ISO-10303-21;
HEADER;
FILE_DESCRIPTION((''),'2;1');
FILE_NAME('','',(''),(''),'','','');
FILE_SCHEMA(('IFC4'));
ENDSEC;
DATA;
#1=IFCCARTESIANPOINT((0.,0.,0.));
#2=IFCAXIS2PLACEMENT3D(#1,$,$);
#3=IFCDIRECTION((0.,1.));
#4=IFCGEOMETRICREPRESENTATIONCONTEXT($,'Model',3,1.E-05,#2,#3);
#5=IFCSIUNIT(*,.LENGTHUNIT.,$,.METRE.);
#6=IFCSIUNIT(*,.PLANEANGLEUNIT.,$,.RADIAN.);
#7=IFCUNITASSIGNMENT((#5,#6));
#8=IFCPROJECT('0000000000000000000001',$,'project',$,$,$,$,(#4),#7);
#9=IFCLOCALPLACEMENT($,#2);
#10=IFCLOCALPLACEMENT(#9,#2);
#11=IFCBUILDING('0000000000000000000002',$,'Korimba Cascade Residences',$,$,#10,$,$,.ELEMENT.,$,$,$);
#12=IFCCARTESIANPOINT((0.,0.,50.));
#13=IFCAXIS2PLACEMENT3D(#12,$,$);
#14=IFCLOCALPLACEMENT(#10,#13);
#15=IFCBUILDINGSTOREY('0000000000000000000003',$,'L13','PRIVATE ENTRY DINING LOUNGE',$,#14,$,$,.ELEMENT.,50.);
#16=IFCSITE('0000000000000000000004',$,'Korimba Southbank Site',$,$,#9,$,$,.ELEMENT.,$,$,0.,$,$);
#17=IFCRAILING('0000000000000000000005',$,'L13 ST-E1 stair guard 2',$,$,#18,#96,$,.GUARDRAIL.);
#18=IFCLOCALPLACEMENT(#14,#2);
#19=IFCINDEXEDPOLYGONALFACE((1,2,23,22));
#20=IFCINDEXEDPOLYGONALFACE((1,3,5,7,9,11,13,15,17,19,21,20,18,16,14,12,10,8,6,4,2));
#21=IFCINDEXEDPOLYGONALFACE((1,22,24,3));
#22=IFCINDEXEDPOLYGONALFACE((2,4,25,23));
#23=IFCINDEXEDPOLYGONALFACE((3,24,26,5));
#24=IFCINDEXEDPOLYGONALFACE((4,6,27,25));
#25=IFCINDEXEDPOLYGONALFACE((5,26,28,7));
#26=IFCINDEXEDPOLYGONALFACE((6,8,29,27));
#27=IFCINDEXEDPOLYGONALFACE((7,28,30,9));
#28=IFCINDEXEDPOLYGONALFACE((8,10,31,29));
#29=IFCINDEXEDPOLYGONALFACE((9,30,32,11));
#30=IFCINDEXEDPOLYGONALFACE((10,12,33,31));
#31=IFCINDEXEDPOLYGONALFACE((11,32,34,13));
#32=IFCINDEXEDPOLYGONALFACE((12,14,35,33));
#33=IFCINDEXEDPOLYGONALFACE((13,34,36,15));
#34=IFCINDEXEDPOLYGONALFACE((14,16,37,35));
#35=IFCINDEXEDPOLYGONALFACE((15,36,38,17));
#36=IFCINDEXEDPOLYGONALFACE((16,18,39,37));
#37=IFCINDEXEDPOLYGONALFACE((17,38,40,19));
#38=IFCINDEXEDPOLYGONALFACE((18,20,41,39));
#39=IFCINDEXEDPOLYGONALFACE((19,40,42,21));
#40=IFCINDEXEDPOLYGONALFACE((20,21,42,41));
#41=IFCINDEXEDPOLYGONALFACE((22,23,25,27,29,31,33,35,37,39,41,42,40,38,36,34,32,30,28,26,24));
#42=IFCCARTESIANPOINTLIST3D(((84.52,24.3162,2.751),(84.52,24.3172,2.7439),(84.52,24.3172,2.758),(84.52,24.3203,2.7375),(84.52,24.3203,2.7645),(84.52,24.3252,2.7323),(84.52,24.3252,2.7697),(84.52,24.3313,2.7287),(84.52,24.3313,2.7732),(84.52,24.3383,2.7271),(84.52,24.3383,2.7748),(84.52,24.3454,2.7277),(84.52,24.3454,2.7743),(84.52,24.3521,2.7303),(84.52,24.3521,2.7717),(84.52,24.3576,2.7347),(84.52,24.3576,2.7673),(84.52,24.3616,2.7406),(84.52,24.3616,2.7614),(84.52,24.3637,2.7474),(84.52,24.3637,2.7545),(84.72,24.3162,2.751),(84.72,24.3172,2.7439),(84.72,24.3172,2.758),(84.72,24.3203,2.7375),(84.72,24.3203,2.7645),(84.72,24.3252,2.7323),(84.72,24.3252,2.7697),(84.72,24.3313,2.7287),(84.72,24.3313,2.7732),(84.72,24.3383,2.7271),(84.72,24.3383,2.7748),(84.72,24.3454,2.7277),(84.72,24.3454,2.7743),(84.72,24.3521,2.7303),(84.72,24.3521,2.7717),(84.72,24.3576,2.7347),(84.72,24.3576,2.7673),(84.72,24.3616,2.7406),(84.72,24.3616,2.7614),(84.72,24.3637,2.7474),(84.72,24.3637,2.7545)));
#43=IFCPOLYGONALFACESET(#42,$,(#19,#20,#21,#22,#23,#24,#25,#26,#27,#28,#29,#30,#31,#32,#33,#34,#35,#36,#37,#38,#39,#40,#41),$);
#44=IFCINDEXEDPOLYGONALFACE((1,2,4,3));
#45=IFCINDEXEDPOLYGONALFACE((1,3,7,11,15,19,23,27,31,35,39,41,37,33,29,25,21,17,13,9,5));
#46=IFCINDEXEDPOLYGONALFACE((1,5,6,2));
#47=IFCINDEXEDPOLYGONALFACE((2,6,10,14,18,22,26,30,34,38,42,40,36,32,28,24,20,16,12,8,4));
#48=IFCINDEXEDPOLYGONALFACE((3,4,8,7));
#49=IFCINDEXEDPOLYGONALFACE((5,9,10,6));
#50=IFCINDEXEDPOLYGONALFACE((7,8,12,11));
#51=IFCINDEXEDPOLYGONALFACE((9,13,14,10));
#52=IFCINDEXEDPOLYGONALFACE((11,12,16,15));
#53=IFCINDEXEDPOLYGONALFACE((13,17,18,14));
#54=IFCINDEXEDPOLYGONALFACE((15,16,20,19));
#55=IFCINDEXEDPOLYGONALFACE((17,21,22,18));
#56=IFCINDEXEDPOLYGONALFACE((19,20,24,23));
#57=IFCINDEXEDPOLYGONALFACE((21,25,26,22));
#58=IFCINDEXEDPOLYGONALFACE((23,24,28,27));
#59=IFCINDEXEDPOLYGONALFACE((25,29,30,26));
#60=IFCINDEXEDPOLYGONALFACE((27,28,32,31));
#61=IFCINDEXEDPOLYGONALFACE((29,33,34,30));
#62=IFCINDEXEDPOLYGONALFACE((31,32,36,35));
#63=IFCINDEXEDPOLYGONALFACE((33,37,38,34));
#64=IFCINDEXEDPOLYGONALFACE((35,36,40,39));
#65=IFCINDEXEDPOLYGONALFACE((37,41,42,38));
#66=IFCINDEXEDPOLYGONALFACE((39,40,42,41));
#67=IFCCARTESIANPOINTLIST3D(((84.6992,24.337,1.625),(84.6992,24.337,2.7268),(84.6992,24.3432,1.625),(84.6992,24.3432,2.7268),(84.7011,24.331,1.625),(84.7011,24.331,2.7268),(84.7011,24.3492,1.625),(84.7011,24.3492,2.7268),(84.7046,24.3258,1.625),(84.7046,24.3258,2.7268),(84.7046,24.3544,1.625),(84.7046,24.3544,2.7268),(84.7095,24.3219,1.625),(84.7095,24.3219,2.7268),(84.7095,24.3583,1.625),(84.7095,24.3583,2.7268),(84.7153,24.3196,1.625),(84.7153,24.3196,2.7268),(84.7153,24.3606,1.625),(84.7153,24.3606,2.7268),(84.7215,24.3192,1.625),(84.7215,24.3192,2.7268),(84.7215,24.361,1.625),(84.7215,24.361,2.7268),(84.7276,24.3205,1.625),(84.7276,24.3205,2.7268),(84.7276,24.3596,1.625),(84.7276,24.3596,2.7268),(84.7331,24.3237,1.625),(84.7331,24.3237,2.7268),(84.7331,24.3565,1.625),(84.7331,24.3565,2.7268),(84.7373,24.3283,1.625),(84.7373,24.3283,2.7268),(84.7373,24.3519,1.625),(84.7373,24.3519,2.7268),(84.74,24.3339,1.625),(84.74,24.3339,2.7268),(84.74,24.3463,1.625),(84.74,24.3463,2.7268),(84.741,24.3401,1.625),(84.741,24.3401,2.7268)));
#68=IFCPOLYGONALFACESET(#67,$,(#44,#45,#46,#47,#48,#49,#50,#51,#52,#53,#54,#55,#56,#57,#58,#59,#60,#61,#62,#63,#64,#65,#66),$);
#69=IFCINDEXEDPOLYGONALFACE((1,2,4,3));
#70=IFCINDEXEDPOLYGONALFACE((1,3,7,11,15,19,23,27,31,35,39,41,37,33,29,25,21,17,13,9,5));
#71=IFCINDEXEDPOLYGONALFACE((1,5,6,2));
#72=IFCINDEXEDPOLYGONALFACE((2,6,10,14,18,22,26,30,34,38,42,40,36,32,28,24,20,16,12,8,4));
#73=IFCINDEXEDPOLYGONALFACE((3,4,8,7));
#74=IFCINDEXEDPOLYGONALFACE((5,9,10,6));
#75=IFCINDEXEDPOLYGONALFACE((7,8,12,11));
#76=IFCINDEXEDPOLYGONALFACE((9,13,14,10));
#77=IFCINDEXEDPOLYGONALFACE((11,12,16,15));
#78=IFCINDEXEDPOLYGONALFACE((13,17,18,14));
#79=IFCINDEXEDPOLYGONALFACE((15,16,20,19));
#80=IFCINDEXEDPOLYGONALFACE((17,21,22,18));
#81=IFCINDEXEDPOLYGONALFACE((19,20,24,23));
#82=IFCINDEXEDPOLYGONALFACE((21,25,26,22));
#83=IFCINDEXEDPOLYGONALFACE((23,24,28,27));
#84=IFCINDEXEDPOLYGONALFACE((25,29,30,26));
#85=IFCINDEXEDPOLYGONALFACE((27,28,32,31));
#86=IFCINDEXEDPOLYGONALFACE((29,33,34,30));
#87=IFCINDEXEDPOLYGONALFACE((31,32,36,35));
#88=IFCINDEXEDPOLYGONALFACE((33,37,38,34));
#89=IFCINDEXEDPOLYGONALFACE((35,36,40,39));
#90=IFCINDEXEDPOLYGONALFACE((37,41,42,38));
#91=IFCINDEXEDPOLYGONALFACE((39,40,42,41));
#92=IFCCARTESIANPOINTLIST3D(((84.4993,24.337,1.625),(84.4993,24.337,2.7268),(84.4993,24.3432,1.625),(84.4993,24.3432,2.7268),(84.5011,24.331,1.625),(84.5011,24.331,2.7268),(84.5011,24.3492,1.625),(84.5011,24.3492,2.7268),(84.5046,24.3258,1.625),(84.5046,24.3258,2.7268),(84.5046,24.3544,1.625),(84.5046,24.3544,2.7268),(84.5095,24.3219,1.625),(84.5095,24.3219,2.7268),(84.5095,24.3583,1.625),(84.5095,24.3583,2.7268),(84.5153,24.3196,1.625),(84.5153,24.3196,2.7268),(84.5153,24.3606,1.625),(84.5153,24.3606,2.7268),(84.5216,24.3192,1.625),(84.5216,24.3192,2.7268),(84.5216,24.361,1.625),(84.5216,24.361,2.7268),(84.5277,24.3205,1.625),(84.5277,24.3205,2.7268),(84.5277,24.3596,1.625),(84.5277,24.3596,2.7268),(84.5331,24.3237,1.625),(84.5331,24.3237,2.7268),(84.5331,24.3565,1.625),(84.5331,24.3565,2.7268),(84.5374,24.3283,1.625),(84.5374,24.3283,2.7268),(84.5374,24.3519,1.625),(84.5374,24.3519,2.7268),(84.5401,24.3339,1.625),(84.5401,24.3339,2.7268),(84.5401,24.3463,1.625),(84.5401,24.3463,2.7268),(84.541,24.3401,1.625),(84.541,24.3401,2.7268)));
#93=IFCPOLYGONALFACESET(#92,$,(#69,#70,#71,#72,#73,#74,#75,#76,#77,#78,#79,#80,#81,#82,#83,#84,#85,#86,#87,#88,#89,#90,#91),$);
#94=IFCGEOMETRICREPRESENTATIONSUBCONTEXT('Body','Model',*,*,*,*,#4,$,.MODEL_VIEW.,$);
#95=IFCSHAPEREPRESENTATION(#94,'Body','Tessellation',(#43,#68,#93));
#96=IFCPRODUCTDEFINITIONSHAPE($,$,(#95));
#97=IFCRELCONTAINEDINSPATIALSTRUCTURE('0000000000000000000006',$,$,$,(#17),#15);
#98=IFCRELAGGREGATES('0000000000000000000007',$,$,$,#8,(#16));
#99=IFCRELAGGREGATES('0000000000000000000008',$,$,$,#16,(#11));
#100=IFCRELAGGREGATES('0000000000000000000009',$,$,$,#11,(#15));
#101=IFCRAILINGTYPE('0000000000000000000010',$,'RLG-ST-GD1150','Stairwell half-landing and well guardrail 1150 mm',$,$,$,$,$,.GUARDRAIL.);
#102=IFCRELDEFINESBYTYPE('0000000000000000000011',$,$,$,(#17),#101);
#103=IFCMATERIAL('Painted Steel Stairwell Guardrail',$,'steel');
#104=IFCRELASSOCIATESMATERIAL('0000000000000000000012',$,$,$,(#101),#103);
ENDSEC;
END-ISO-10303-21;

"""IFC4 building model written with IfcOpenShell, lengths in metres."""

from ifc_helpers import new_model, si_unit, direction, frame, origin, origin_2d, place, context, subcontext, project, spatial, circle, extrude, material, type_object, element, save


model = new_model("IFC4")

# Units and contexts
model_context = context("Model", 3, precision=1e-05, world=origin(), true_north=direction((0.0, 1.0)))
body_context = subcontext(model_context, "Body", "Model", "MODEL_VIEW")
ifc_project = project(units=[si_unit("LENGTHUNIT", "METRE"), si_unit("PLANEANGLEUNIT", "RADIAN")], contexts=[model_context])

# Site, building, storey
site_placement = place(None, origin())
site = spatial("IfcSite", under=ifc_project, at=site_placement, Name="Korimba Southbank Site", CompositionType="ELEMENT", RefElevation=0.0)
building_placement = place(site_placement, origin())
building = spatial("IfcBuilding", under=site, at=building_placement, Name="Korimba Cascade Residences", CompositionType="ELEMENT")
storey_placement = place(building_placement, frame((0.0, 0.0, 50.0)))
storey = spatial("IfcBuildingStorey", under=building, at=storey_placement, Name="L13", Description="PRIVATE ENTRY DINING LOUNGE", CompositionType="ELEMENT", Elevation=50.0)

# Railing
ifc_material_1 = material(Name="Painted Steel Stairwell Guardrail", Category="steel")
railing_type_1 = type_object("IfcRailingType", Name="RLG-ST-GD1150", Description="Stairwell half-landing and well guardrail 1150 mm", PredefinedType="GUARDRAIL", material=ifc_material_1)
railing_1_placement = place(storey_placement, frame((84.72, 24.3401, 1.625)))
element("IfcRailing", 1, at=railing_1_placement, inside=storey, type_object=railing_type_1, Name="L13 ST-E1 stair guard 2", PredefinedType="GUARDRAIL", context=body_context, shape_type="SweptSolid", body=[
    extrude(circle(Radius=0.0239, at=origin_2d()), frame((0.0, 0.0, 1.126), z_axis=(-1.0, 0.0, 0.0), x_axis=(0.0, -1.0, 0.0)), (0.0, 0.0, 1.0), 0.2),
    extrude(circle(Radius=0.021, at=origin_2d()), origin(), (0.0, 0.0, 1.0), 1.1018),
    extrude(circle(Radius=0.021, at=origin_2d()), frame((-0.2, 0.0, 0.0)), (0.0, 0.0, 1.0), 1.1018),
])

save(model, "model.ifc")
